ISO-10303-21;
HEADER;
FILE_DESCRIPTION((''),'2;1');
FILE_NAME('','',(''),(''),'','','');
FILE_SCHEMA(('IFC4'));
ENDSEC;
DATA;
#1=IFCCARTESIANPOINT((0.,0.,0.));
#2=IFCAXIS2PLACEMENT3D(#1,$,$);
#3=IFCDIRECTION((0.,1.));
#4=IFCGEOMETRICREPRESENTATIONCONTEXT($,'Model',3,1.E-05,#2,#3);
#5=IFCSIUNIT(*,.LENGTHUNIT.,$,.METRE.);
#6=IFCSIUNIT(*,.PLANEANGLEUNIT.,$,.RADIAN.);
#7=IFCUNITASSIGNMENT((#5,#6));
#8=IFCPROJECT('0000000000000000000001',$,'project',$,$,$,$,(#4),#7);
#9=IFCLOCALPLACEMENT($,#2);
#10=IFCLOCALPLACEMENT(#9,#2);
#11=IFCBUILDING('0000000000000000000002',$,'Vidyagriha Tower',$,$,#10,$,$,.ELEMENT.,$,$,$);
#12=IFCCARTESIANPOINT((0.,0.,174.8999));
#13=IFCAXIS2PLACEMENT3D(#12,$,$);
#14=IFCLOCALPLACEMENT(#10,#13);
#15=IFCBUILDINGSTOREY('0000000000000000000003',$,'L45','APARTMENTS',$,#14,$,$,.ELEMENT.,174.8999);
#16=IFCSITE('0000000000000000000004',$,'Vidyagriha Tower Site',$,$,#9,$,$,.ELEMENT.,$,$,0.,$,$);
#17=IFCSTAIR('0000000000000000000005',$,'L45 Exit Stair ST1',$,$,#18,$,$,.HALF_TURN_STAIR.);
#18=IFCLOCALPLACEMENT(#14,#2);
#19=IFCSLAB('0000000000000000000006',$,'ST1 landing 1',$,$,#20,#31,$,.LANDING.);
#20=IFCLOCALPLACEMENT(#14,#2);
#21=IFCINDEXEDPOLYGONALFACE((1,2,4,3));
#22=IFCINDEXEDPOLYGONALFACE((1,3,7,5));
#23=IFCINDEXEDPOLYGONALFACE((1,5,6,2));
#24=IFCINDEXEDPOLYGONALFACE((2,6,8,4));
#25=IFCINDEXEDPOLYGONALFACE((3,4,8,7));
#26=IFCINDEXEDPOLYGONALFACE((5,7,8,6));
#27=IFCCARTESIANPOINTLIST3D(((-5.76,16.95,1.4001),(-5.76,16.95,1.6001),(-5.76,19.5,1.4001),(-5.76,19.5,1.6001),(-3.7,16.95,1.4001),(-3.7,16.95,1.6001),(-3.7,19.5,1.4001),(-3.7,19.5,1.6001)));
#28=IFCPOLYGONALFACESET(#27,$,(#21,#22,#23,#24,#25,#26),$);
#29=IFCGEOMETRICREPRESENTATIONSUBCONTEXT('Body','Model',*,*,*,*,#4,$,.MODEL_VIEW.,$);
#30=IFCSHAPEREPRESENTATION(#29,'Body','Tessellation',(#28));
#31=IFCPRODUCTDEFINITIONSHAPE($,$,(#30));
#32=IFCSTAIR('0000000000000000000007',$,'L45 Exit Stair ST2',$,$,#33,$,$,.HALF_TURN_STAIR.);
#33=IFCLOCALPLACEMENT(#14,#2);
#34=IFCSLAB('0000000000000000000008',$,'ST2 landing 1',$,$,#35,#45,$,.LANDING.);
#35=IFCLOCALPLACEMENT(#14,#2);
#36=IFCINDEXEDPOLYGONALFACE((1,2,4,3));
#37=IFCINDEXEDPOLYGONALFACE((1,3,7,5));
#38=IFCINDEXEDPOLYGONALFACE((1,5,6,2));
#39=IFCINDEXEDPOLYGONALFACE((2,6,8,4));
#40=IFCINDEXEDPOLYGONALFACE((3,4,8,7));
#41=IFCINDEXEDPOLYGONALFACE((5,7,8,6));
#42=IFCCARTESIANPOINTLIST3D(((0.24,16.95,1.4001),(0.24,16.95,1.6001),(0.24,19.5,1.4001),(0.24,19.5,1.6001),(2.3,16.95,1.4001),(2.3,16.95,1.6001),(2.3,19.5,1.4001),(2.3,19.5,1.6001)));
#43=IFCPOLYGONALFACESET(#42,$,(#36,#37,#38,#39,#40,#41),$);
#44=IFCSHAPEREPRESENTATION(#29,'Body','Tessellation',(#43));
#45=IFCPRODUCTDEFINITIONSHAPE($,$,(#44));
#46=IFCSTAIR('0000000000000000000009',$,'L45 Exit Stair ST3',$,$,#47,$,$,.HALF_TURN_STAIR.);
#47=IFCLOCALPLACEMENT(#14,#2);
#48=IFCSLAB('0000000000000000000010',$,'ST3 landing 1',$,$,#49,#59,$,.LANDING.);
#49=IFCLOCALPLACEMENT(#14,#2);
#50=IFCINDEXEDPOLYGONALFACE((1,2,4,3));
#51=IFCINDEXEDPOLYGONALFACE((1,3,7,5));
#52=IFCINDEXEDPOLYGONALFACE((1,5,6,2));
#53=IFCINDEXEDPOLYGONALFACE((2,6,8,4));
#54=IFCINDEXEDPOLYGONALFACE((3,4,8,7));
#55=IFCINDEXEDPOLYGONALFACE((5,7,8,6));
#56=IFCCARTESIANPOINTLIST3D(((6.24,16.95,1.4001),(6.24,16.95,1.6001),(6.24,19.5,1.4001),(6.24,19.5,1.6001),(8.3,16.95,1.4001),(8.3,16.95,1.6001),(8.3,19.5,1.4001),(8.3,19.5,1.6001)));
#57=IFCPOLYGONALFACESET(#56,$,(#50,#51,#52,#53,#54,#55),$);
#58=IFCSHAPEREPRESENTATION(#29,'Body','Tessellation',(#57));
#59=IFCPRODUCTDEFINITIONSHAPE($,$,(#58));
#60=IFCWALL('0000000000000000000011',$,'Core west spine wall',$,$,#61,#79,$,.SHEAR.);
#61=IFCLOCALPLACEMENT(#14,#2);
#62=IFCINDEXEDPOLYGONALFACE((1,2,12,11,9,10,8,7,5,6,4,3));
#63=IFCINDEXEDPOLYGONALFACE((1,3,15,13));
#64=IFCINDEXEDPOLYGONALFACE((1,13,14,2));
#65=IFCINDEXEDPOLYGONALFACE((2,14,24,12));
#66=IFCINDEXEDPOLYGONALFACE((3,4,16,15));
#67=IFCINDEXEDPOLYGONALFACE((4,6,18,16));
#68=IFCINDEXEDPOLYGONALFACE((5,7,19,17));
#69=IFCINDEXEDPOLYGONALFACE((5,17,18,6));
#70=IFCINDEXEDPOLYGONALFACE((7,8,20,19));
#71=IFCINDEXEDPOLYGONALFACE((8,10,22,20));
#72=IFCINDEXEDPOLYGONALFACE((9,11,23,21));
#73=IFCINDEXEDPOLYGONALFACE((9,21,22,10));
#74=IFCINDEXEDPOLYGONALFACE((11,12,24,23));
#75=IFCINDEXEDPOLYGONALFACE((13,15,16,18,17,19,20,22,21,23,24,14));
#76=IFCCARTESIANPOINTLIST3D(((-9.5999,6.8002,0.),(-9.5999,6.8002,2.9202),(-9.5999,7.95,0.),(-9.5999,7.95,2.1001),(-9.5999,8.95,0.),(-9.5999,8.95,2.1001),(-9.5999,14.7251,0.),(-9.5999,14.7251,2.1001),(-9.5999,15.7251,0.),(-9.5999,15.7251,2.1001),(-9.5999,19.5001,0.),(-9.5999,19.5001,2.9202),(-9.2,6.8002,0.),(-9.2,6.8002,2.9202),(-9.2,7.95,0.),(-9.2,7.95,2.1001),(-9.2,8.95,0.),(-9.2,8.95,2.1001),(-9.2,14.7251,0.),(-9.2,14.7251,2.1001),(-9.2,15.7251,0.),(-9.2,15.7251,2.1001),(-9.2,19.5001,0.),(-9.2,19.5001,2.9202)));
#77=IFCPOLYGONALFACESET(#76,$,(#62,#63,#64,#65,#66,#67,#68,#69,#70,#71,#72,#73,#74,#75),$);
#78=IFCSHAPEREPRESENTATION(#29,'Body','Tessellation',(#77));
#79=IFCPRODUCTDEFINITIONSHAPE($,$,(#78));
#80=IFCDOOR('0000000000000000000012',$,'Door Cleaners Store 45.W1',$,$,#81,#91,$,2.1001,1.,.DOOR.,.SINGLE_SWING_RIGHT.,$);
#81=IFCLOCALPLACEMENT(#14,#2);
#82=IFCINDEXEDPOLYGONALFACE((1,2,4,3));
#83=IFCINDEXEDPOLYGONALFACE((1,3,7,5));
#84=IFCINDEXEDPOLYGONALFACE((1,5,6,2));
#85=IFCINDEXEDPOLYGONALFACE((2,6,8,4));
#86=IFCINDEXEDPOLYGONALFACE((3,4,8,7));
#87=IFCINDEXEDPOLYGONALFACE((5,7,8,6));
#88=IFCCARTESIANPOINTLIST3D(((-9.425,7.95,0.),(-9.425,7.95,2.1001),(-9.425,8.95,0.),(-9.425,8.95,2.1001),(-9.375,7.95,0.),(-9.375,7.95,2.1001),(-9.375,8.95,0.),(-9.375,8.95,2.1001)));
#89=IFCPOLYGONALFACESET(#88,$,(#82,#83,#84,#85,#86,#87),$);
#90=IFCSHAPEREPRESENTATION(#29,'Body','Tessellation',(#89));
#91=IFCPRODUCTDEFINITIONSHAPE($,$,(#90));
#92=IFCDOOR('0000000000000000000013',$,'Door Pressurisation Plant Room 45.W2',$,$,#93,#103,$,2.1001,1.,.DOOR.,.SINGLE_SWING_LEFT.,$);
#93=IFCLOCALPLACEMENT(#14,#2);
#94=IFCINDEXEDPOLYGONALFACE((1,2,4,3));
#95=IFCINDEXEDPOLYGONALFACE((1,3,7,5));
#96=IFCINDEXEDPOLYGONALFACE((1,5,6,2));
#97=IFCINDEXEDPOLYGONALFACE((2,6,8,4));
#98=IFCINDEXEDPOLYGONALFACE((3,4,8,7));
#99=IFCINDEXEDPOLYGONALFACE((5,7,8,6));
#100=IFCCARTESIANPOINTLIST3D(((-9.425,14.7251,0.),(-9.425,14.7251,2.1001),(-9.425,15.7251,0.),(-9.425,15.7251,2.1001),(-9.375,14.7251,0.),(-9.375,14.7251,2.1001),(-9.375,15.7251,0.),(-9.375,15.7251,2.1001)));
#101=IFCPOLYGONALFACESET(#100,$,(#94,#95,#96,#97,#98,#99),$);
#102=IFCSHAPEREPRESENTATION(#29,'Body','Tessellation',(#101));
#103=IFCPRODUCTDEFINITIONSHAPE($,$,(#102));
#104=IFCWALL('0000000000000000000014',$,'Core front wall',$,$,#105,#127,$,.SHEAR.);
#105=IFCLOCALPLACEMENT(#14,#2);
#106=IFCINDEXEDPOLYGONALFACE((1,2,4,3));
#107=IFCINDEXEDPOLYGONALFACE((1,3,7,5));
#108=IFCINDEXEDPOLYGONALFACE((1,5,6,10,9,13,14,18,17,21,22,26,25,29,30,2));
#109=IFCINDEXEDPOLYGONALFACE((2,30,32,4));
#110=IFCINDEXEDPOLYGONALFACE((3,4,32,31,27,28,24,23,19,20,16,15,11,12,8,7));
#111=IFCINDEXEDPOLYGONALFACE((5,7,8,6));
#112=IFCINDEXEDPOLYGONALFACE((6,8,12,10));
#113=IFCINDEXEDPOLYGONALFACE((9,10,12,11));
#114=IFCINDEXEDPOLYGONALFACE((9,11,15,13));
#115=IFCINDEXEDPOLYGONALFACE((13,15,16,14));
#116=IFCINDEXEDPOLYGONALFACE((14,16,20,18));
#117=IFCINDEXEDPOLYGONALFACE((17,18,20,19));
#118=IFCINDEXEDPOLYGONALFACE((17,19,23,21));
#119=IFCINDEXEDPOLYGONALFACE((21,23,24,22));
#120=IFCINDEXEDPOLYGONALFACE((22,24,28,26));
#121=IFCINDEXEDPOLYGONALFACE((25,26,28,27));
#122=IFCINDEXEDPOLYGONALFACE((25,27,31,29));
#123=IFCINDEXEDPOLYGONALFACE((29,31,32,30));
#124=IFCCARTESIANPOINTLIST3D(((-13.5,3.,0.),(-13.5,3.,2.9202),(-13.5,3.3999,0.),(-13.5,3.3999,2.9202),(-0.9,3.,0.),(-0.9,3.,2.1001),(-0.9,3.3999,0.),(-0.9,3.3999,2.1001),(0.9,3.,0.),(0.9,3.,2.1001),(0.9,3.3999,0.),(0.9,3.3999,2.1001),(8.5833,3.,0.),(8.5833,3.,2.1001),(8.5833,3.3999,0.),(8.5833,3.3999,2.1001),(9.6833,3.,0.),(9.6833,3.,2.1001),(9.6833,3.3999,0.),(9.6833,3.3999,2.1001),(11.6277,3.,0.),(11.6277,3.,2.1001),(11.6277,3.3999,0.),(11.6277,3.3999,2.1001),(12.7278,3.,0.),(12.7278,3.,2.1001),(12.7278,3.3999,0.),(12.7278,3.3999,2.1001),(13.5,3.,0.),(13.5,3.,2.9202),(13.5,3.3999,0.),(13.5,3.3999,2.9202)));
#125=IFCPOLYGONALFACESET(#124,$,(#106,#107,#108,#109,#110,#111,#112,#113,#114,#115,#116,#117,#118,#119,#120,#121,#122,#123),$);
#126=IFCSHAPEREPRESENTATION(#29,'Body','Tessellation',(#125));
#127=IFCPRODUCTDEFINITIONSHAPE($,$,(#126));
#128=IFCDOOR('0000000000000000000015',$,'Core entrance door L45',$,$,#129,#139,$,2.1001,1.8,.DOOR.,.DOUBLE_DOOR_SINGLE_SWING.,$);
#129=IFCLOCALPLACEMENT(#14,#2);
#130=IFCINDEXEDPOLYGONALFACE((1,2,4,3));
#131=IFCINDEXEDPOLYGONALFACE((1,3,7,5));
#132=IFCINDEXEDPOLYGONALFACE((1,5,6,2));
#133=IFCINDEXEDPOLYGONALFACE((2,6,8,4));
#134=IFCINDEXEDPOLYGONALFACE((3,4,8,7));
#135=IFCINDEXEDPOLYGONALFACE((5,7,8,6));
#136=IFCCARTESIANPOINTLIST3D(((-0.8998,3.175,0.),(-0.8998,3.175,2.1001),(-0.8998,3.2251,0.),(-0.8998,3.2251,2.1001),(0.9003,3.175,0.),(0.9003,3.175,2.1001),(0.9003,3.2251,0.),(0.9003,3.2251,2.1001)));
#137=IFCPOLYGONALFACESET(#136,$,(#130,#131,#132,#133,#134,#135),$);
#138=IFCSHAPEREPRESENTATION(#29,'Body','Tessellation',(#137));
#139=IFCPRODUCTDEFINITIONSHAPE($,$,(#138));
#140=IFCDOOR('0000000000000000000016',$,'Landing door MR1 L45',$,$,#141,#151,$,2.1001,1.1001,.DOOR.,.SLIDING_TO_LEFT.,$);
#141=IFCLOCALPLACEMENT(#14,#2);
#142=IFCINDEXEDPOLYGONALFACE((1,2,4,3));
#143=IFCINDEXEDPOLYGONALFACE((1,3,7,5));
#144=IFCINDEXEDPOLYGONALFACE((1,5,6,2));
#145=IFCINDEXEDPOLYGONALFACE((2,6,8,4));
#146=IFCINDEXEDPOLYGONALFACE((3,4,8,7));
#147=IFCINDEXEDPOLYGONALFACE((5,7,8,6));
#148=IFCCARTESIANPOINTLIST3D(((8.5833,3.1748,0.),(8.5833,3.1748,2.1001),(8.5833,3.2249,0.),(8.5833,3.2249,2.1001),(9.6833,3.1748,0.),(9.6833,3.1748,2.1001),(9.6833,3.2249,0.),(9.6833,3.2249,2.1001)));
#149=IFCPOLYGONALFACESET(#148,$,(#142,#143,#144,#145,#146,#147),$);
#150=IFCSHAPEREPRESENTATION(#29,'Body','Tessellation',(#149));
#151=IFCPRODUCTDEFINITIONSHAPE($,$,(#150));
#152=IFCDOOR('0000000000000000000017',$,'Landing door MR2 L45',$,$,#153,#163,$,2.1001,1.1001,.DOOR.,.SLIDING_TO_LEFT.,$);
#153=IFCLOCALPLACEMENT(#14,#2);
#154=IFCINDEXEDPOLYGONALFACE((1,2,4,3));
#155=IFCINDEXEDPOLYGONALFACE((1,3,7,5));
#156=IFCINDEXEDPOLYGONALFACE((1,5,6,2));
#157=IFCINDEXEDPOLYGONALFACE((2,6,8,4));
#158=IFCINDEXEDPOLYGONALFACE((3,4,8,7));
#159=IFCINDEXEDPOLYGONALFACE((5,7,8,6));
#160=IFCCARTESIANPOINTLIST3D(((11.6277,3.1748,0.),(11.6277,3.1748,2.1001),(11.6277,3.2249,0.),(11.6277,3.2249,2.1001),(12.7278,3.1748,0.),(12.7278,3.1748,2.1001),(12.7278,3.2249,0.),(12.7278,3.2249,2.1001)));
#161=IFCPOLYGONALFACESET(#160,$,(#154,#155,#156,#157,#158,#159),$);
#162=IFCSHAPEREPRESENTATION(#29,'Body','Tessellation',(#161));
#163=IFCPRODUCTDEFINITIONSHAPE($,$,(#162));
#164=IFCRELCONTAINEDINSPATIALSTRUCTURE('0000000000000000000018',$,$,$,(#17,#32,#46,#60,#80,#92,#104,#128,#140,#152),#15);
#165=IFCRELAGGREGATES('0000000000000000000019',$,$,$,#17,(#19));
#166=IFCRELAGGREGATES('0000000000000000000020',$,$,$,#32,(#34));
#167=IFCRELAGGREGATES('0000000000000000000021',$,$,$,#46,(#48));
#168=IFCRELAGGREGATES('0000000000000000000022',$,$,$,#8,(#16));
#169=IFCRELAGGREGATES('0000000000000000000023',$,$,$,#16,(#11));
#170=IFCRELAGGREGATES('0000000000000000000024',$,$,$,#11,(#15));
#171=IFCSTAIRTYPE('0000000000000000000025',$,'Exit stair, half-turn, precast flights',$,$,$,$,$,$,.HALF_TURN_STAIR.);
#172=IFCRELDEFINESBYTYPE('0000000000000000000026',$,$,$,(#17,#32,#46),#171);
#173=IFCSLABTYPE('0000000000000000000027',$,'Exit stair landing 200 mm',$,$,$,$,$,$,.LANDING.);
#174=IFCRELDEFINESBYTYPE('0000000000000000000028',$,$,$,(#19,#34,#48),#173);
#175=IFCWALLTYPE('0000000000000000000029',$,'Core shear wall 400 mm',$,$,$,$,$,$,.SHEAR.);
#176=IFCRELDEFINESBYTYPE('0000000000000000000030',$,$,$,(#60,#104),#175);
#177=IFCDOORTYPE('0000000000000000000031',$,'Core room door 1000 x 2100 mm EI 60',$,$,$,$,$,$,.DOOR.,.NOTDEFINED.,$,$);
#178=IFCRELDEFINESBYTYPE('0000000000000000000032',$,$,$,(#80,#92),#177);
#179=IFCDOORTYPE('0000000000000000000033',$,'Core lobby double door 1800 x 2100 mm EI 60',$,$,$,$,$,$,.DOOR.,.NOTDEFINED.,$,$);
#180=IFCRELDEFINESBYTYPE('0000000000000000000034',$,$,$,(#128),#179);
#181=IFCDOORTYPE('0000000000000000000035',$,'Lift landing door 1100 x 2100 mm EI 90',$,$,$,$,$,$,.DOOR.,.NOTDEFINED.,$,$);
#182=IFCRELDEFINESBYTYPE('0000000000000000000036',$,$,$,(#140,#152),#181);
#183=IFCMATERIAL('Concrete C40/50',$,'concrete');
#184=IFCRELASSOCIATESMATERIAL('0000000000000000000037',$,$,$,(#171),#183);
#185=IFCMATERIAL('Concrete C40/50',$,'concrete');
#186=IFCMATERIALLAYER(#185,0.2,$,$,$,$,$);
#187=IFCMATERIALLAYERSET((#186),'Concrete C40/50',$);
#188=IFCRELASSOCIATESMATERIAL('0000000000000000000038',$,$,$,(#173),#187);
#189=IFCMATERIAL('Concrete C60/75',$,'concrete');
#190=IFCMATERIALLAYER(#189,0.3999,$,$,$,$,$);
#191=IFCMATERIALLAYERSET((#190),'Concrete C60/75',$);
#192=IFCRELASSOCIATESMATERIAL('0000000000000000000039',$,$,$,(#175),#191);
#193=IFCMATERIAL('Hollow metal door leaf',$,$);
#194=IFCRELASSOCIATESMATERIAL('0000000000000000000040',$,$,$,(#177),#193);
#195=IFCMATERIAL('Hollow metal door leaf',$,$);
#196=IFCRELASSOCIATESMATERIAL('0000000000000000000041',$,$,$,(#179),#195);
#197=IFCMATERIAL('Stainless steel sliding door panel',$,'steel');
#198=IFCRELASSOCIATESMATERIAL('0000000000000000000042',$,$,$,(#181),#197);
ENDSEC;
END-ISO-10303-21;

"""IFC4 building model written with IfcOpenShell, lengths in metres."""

from ifc_helpers import new_model, si_unit, direction, frame, frame_2d, origin, place, context, subcontext, project, spatial, polyline, rectangle, outline, extrude, material, layer, layer_set, type_object, element, fill, aggregate, save


model = new_model("IFC4")

# Units and contexts
model_context = context("Model", 3, precision=1e-05, world=origin(), true_north=direction((0.0, 1.0)))
body_context = subcontext(model_context, "Body", "Model", "MODEL_VIEW")
ifc_project = project(units=[si_unit("LENGTHUNIT", "METRE"), si_unit("PLANEANGLEUNIT", "RADIAN")], contexts=[model_context])

# Site, building, storey
site_placement = place(None, origin())
site = spatial("IfcSite", under=ifc_project, at=site_placement, Name="Vidyagriha Tower Site", CompositionType="ELEMENT", RefElevation=0.0)
building_placement = place(site_placement, origin())
building = spatial("IfcBuilding", under=site, at=building_placement, Name="Vidyagriha Tower", CompositionType="ELEMENT")
storey_placement = place(building_placement, frame((0.0, 0.0, 174.8999)))
storey = spatial("IfcBuildingStorey", under=building, at=storey_placement, Name="L45", Description="APARTMENTS", CompositionType="ELEMENT", Elevation=174.8999)

# Stairs, slabs
ifc_material_1 = material(Name="Concrete C40/50", Category="concrete")
stair_type = type_object("IfcStairType", Name="Exit stair, half-turn, precast flights", PredefinedType="HALF_TURN_STAIR", material=ifc_material_1)
stair_1_placement = place(storey_placement, origin())
stair_1 = element("IfcStair", 1, at=stair_1_placement, inside=storey, type_object=stair_type, Name="L45 Exit Stair ST1", PredefinedType="HALF_TURN_STAIR")
ifc_material_2 = material(Name="Concrete C40/50", Category="concrete")
ifc_layer_1 = layer(ifc_material_2, 0.2)
ifc_layer_set_1 = layer_set([ifc_layer_1], Name="Concrete C40/50")
slab_type = type_object("IfcSlabType", Name="Exit stair landing 200 mm", PredefinedType="LANDING", material=ifc_layer_set_1)
slab_1_placement = place(storey_placement, frame((0.0, 0.0, 1.4001)))
slab_1 = element("IfcSlab", 2, at=slab_1_placement, type_object=slab_type, Name="ST1 landing 1", PredefinedType="LANDING", context=body_context, shape_type="SweptSolid", body=[
    extrude(outline(polyline([(-5.76, 16.95), (-3.7, 16.95), (-3.7, 19.5), (-5.76, 19.5), (-5.76, 16.95)])), origin(), (0.0, 0.0, 1.0), 0.2),
])
aggregate(stair_1, [slab_1])
stair_2_placement = place(storey_placement, origin())
stair_2 = element("IfcStair", 3, at=stair_2_placement, inside=storey, type_object=stair_type, Name="L45 Exit Stair ST2", PredefinedType="HALF_TURN_STAIR")
slab_2_placement = place(storey_placement, frame((0.0, 0.0, 1.4001)))
slab_2 = element("IfcSlab", 4, at=slab_2_placement, type_object=slab_type, Name="ST2 landing 1", PredefinedType="LANDING", context=body_context, shape_type="SweptSolid", body=[
    extrude(outline(polyline([(0.24, 16.95), (2.3, 16.95), (2.3, 19.5), (0.24, 19.5), (0.24, 16.95)])), origin(), (0.0, 0.0, 1.0), 0.2),
])
aggregate(stair_2, [slab_2])
stair_3_placement = place(storey_placement, origin())
stair_3 = element("IfcStair", 5, at=stair_3_placement, inside=storey, type_object=stair_type, Name="L45 Exit Stair ST3", PredefinedType="HALF_TURN_STAIR")
slab_3_placement = place(storey_placement, frame((0.0, 0.0, 1.4001)))
slab_3 = element("IfcSlab", 6, at=slab_3_placement, type_object=slab_type, Name="ST3 landing 1", PredefinedType="LANDING", context=body_context, shape_type="SweptSolid", body=[
    extrude(outline(polyline([(6.24, 16.95), (8.3, 16.95), (8.3, 19.5), (6.24, 19.5), (6.24, 16.95)])), origin(), (0.0, 0.0, 1.0), 0.2),
])
aggregate(stair_3, [slab_3])

# Walls, openings, doors
ifc_material_3 = material(Name="Concrete C60/75", Category="concrete")
ifc_layer_2 = layer(ifc_material_3, 0.3999)
ifc_layer_set_2 = layer_set([ifc_layer_2], Name="Concrete C60/75")
wall_type = type_object("IfcWallType", Name="Core shear wall 400 mm", PredefinedType="SHEAR", material=ifc_layer_set_2)
wall_1_placement = place(storey_placement, frame((-9.3999, 6.8, 0.0), z_axis=(0.0, 0.0, 1.0), x_axis=(0.0, 1.0, 0.0)))
wall_1 = element("IfcWall", 7, at=wall_1_placement, inside=storey, type_object=wall_type, Name="Core west spine wall", PredefinedType="SHEAR", context=body_context, shape_type="SweptSolid", body=[
    extrude(rectangle(XDim=12.7, YDim=0.3999, at=frame_2d((6.3501, 0.0))), origin(), (0.0, 0.0, 1.0), 2.9202),
])
opening_1_placement = place(wall_1_placement, frame((1.1499, 0.0, 0.0)))
opening_1 = element("IfcOpeningElement", 8, at=opening_1_placement, cuts=wall_1, PredefinedType="OPENING", context=body_context, shape_type="SweptSolid", body=[
    extrude(rectangle(XDim=1.0, YDim=2.1001, at=frame_2d((0.5, 1.05))), frame((0.0, 0.21, 0.0), z_axis=(0.0, -1.0, 0.0), x_axis=(1.0, 0.0, 0.0)), (0.0, 0.0, 1.0), 0.4199),
])
opening_2_placement = place(wall_1_placement, frame((7.925, 0.0, 0.0)))
opening_2 = element("IfcOpeningElement", 9, at=opening_2_placement, cuts=wall_1, PredefinedType="OPENING", context=body_context, shape_type="SweptSolid", body=[
    extrude(rectangle(XDim=1.0, YDim=2.1001, at=frame_2d((0.5, 1.05))), frame((0.0, 0.21, 0.0), z_axis=(0.0, -1.0, 0.0), x_axis=(1.0, 0.0, 0.0)), (0.0, 0.0, 1.0), 0.4199),
])
ifc_material_4 = material(Name="Hollow metal door leaf")
door_type_1 = type_object("IfcDoorType", Name="Core room door 1000 x 2100 mm EI 60", OperationType="NOTDEFINED", PredefinedType="DOOR", material=ifc_material_4)
door_1_placement = place(opening_1_placement, frame((1.0, 0.0, 0.0), z_axis=(0.0, 0.0, 1.0), x_axis=(-1.0, 0.0, 0.0)))
door_1 = element("IfcDoor", 10, at=door_1_placement, inside=storey, type_object=door_type_1, Name="Door Cleaners Store 45.W1", OperationType="SINGLE_SWING_RIGHT", OverallHeight=2.1001, OverallWidth=1.0, PredefinedType="DOOR", context=body_context, shape_type="SweptSolid", body=[
    extrude(rectangle(XDim=1.0, YDim=2.1001, at=frame_2d((0.5, 1.05))), frame((0.0, 0.0249, 0.0), z_axis=(0.0, -1.0, 0.0), x_axis=(1.0, 0.0, 0.0)), (0.0, 0.0, 1.0), 0.05),
])
fill(opening_1, door_1)
door_2_placement = place(opening_2_placement, frame((1.0, 0.0, 0.0), z_axis=(0.0, 0.0, 1.0), x_axis=(-1.0, 0.0, 0.0)))
door_2 = element("IfcDoor", 11, at=door_2_placement, inside=storey, type_object=door_type_1, Name="Door Pressurisation Plant Room 45.W2", OperationType="SINGLE_SWING_LEFT", OverallHeight=2.1001, OverallWidth=1.0, PredefinedType="DOOR", context=body_context, shape_type="SweptSolid", body=[
    extrude(rectangle(XDim=1.0, YDim=2.1001, at=frame_2d((0.5, 1.05))), frame((0.0, 0.0249, 0.0), z_axis=(0.0, -1.0, 0.0), x_axis=(1.0, 0.0, 0.0)), (0.0, 0.0, 1.0), 0.05),
])
fill(opening_2, door_2)
wall_2_placement = place(storey_placement, frame((-13.5, 3.2, 0.0)))
wall_2 = element("IfcWall", 12, at=wall_2_placement, inside=storey, type_object=wall_type, Name="Core front wall", PredefinedType="SHEAR", context=body_context, shape_type="SweptSolid", body=[
    extrude(rectangle(XDim=27.0, YDim=0.3999, at=frame_2d((13.5, 0.0))), origin(), (0.0, 0.0, 1.0), 2.9202),
])
opening_3_placement = place(wall_2_placement, frame((22.0833, 0.0, 0.0)))
opening_3 = element("IfcOpeningElement", 13, at=opening_3_placement, cuts=wall_2, PredefinedType="OPENING", context=body_context, shape_type="SweptSolid", body=[
    extrude(rectangle(XDim=1.1001, YDim=2.1001, at=frame_2d((0.55, 1.05))), frame((0.0, 0.21, 0.0), z_axis=(0.0, -1.0, 0.0), x_axis=(1.0, 0.0, 0.0)), (0.0, 0.0, 1.0), 0.4199),
])
opening_4_placement = place(wall_2_placement, frame((25.1277, 0.0, 0.0)))
opening_4 = element("IfcOpeningElement", 14, at=opening_4_placement, cuts=wall_2, PredefinedType="OPENING", context=body_context, shape_type="SweptSolid", body=[
    extrude(rectangle(XDim=1.1001, YDim=2.1001, at=frame_2d((0.55, 1.05))), frame((0.0, 0.21, 0.0), z_axis=(0.0, -1.0, 0.0), x_axis=(1.0, 0.0, 0.0)), (0.0, 0.0, 1.0), 0.4199),
])
opening_5_placement = place(wall_2_placement, frame((12.6001, 0.0, 0.0)))
opening_5 = element("IfcOpeningElement", 15, at=opening_5_placement, cuts=wall_2, PredefinedType="OPENING", context=body_context, shape_type="SweptSolid", body=[
    extrude(rectangle(XDim=1.8, YDim=2.1001, at=frame_2d((0.8999, 1.05))), frame((0.0, 0.21, 0.0), z_axis=(0.0, -1.0, 0.0), x_axis=(1.0, 0.0, 0.0)), (0.0, 0.0, 1.0), 0.4199),
])
ifc_material_5 = material(Name="Hollow metal door leaf")
door_type_2 = type_object("IfcDoorType", Name="Core lobby double door 1800 x 2100 mm EI 60", OperationType="NOTDEFINED", PredefinedType="DOOR", material=ifc_material_5)
door_3_placement = place(opening_5_placement, frame((1.8, 0.0, 0.0), z_axis=(0.0, 0.0, 1.0), x_axis=(-1.0, 0.0, 0.0)))
door_3 = element("IfcDoor", 16, at=door_3_placement, inside=storey, type_object=door_type_2, Name="Core entrance door L45", OperationType="DOUBLE_DOOR_SINGLE_SWING", OverallHeight=2.1001, OverallWidth=1.8, PredefinedType="DOOR", context=body_context, shape_type="SweptSolid", body=[
    extrude(rectangle(XDim=1.8, YDim=2.1001, at=frame_2d((0.8999, 1.05))), frame((0.0, 0.0249, 0.0), z_axis=(0.0, -1.0, 0.0), x_axis=(1.0, 0.0, 0.0)), (0.0, 0.0, 1.0), 0.05),
])
fill(opening_5, door_3)
ifc_material_6 = material(Name="Stainless steel sliding door panel", Category="steel")
door_type_3 = type_object("IfcDoorType", Name="Lift landing door 1100 x 2100 mm EI 90", OperationType="NOTDEFINED", PredefinedType="DOOR", material=ifc_material_6)
door_4_placement = place(opening_3_placement, origin())
door_4 = element("IfcDoor", 17, at=door_4_placement, inside=storey, type_object=door_type_3, Name="Landing door MR1 L45", OperationType="SLIDING_TO_LEFT", OverallHeight=2.1001, OverallWidth=1.1001, PredefinedType="DOOR", context=body_context, shape_type="SweptSolid", body=[
    extrude(rectangle(XDim=1.1001, YDim=2.1001, at=frame_2d((0.55, 1.05))), frame((0.0, 0.0249, 0.0), z_axis=(0.0, -1.0, 0.0), x_axis=(1.0, 0.0, 0.0)), (0.0, 0.0, 1.0), 0.05),
])
fill(opening_3, door_4)
door_5_placement = place(opening_4_placement, origin())
door_5 = element("IfcDoor", 18, at=door_5_placement, inside=storey, type_object=door_type_3, Name="Landing door MR2 L45", OperationType="SLIDING_TO_LEFT", OverallHeight=2.1001, OverallWidth=1.1001, PredefinedType="DOOR", context=body_context, shape_type="SweptSolid", body=[
    extrude(rectangle(XDim=1.1001, YDim=2.1001, at=frame_2d((0.55, 1.05))), frame((0.0, 0.0249, 0.0), z_axis=(0.0, -1.0, 0.0), x_axis=(1.0, 0.0, 0.0)), (0.0, 0.0, 1.0), 0.05),
])
fill(opening_4, door_5)

save(model, "model.ifc")
